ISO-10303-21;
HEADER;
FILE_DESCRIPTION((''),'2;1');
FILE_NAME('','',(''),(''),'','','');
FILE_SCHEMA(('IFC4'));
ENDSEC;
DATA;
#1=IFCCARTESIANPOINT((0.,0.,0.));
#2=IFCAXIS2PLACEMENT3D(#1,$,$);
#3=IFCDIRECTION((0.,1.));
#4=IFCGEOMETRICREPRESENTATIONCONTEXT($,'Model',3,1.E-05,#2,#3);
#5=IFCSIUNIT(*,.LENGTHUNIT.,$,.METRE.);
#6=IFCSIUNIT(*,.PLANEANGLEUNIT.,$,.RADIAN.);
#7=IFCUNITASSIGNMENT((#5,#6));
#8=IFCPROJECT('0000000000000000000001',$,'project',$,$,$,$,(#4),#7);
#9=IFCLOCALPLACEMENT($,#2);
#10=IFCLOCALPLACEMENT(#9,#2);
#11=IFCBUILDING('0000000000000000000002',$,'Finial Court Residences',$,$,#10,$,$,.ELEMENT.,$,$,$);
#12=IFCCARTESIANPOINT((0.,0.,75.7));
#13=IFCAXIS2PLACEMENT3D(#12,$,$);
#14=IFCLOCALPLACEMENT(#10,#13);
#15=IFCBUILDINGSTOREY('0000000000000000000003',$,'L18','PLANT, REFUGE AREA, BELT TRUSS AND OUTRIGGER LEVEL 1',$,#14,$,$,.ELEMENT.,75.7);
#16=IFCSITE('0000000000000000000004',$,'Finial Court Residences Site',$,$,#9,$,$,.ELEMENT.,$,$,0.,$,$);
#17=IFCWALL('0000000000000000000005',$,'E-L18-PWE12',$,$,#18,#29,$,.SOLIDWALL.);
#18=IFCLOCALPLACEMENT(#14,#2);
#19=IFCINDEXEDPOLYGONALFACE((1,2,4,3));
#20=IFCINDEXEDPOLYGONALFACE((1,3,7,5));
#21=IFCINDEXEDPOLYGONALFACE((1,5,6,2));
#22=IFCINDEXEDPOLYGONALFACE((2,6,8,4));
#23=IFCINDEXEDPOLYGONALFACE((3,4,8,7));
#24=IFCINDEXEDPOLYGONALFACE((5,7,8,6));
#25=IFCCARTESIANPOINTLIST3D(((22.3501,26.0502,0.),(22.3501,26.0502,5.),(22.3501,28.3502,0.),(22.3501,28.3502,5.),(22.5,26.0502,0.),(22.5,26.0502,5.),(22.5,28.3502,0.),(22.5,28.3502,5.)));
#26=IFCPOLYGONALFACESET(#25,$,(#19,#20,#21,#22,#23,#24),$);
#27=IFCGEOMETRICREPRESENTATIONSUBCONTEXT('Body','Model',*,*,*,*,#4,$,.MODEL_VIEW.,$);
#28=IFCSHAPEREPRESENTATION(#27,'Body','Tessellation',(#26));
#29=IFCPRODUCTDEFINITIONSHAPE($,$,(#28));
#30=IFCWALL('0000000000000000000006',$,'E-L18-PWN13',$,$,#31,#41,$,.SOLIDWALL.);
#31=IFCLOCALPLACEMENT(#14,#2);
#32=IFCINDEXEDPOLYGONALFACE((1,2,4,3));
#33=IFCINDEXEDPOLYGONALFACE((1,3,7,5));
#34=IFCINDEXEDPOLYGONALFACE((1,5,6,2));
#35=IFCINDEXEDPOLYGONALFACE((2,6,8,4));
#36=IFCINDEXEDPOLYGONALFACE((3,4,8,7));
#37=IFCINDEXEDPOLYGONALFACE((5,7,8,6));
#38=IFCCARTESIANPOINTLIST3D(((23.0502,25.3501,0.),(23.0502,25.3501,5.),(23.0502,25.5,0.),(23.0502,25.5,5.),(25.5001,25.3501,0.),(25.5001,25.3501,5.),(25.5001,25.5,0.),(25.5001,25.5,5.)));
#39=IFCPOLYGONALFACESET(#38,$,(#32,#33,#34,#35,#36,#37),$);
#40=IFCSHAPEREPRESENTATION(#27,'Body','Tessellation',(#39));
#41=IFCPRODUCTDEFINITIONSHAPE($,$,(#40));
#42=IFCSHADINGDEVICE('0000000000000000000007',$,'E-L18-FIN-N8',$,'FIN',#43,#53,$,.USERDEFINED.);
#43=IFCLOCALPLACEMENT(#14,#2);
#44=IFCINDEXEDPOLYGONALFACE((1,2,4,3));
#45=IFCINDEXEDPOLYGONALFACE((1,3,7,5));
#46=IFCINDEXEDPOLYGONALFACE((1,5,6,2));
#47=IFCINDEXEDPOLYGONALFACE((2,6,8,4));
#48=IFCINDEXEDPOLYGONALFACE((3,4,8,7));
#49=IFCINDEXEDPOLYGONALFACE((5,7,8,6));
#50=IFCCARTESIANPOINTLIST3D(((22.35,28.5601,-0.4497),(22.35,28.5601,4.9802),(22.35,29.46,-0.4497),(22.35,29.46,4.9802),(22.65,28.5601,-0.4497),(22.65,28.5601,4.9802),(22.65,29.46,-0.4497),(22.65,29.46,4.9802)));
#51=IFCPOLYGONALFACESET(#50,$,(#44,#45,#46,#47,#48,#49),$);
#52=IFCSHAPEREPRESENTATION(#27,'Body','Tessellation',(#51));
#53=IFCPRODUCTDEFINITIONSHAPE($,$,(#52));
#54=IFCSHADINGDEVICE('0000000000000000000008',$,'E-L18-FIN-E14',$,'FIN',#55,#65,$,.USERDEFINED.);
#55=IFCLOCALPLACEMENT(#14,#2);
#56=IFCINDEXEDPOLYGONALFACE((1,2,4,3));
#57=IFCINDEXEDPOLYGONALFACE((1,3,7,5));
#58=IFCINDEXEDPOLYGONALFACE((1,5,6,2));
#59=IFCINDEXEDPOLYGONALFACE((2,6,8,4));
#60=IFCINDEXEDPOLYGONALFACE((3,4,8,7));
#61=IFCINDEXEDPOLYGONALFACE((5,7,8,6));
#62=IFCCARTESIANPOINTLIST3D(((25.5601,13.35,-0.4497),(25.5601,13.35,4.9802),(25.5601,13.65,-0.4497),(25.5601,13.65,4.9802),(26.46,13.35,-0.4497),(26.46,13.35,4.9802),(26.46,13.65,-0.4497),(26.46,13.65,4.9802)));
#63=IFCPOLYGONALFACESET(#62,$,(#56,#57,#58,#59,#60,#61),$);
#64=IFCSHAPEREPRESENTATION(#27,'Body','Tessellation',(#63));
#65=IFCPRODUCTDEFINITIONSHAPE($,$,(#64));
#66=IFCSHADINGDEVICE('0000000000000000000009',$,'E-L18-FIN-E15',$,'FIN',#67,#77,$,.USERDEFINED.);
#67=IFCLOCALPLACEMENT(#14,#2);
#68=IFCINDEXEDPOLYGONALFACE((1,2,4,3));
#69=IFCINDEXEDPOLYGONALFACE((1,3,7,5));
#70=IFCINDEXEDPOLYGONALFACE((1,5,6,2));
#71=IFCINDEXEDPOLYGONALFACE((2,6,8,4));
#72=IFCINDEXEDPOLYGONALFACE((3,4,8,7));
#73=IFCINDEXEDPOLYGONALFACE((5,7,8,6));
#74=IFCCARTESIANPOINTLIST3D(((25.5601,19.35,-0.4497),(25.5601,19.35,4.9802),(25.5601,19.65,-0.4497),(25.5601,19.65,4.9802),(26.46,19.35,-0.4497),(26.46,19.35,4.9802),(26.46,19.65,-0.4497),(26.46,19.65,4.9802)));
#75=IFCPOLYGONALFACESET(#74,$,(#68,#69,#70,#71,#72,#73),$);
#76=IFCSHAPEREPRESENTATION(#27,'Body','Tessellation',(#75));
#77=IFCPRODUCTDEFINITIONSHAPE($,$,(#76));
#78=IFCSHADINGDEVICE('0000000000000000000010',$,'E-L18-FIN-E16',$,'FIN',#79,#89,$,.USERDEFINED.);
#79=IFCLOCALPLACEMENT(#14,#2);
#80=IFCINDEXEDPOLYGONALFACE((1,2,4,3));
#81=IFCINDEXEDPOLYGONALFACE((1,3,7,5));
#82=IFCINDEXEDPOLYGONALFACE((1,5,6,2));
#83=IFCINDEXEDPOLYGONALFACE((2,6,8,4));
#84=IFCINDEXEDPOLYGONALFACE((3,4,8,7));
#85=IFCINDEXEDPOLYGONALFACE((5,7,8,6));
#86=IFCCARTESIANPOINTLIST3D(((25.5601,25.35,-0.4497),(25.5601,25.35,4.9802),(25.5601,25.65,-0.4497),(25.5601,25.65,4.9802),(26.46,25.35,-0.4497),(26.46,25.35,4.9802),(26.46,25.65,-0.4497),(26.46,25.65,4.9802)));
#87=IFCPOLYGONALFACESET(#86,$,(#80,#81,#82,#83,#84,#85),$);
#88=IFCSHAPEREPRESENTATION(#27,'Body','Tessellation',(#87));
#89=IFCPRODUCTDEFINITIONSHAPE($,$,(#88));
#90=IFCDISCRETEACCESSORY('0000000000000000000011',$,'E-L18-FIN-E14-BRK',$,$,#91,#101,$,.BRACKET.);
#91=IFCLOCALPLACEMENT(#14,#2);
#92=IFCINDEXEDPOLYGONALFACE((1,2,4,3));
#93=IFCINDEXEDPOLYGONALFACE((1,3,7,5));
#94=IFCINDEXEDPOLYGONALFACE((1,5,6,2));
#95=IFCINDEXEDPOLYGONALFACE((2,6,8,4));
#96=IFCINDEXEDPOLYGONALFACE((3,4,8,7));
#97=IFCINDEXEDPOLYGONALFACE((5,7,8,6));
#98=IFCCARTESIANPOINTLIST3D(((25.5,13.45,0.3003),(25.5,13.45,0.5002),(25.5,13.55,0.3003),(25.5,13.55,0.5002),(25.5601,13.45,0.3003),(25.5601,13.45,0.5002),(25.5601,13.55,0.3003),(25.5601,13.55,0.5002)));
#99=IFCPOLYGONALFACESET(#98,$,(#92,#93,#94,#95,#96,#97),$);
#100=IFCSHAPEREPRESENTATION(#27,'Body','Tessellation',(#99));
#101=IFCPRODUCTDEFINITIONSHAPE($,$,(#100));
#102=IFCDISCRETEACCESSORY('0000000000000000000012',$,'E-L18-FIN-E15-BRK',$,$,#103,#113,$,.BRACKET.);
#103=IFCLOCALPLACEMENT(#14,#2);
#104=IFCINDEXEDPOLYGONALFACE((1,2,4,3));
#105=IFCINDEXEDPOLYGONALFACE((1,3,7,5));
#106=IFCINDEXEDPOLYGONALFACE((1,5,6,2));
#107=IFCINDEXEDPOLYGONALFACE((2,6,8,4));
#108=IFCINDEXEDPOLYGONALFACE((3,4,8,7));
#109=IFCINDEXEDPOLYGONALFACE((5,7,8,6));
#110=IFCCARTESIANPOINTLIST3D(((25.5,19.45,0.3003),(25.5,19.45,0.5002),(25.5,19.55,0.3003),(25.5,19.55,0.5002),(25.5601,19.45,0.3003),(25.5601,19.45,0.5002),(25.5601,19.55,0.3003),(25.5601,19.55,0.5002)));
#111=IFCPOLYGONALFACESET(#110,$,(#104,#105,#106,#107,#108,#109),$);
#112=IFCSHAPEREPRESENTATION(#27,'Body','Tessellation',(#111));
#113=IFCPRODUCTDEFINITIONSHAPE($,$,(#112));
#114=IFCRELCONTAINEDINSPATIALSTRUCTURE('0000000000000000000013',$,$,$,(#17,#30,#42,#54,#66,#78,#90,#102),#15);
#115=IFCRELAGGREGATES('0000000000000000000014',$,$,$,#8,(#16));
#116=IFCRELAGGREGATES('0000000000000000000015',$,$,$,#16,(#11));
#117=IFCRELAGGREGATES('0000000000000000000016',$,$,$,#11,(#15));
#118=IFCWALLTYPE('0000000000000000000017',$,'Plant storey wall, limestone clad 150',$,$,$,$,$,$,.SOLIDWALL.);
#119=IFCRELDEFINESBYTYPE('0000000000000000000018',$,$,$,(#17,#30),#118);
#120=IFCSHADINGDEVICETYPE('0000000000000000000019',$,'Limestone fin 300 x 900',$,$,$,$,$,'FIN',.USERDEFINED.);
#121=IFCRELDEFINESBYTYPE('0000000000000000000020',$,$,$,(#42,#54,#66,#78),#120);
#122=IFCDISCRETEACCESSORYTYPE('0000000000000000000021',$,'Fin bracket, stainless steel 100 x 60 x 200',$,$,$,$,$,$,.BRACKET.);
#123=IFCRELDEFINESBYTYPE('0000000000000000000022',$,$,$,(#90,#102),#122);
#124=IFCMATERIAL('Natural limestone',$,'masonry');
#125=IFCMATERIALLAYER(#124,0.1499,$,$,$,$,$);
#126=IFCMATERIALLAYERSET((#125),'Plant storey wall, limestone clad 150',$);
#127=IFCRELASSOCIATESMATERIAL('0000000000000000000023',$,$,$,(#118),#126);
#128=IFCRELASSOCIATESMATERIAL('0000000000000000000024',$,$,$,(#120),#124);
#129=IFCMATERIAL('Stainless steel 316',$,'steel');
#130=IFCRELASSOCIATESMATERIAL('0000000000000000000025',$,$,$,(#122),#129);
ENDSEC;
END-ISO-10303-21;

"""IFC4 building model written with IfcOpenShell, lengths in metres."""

from ifc_helpers import new_model, si_unit, direction, frame, frame_2d, origin, origin_2d, place, context, subcontext, project, spatial, rectangle, extrude, material, layer, layer_set, type_object, element, save


model = new_model("IFC4")

# Units and contexts
model_context = context("Model", 3, precision=1e-05, world=origin(), true_north=direction((0.0, 1.0)))
body_context = subcontext(model_context, "Body", "Model", "MODEL_VIEW")
ifc_project = project(units=[si_unit("LENGTHUNIT", "METRE"), si_unit("PLANEANGLEUNIT", "RADIAN")], contexts=[model_context])

# Site, building, storey
site_placement = place(None, origin())
site = spatial("IfcSite", under=ifc_project, at=site_placement, Name="Finial Court Residences Site", CompositionType="ELEMENT", RefElevation=0.0)
building_placement = place(site_placement, origin())
building = spatial("IfcBuilding", under=site, at=building_placement, Name="Finial Court Residences", CompositionType="ELEMENT")
storey_placement = place(building_placement, frame((0.0, 0.0, 75.7)))
storey = spatial("IfcBuildingStorey", under=building, at=storey_placement, Name="L18", Description="PLANT, REFUGE AREA, BELT TRUSS AND OUTRIGGER LEVEL 1", CompositionType="ELEMENT", Elevation=75.7)

# Shared definitions
ifc_material_1 = material(Name="Natural limestone", Category="masonry")
ifc_layer = layer(ifc_material_1, 0.1499)
ifc_layer_set = layer_set([ifc_layer], Name="Plant storey wall, limestone clad 150")
wall_type = type_object("IfcWallType", Name="Plant storey wall, limestone clad 150", PredefinedType="SOLIDWALL", material=ifc_layer_set)

# Walls
wall_1_placement = place(storey_placement, frame((22.425, 28.3501, 0.0), z_axis=(0.0, 0.0, 1.0), x_axis=(0.0, -1.0, 0.0)))
element("IfcWall", 1, at=wall_1_placement, inside=storey, type_object=wall_type, Name="E-L18-PWE12", PredefinedType="SOLIDWALL", context=body_context, shape_type="SweptSolid", body=[
    extrude(rectangle(XDim=2.3, YDim=0.1499, at=frame_2d((1.1499, 0.0))), origin(), (0.0, 0.0, 1.0), 5.0),
])
wall_2_placement = place(storey_placement, frame((23.05, 25.425, 0.0), z_axis=(0.0, 0.0, 1.0), x_axis=(1.0, 0.0, 0.0)))
element("IfcWall", 2, at=wall_2_placement, inside=storey, type_object=wall_type, Name="E-L18-PWN13", PredefinedType="SOLIDWALL", context=body_context, shape_type="SweptSolid", body=[
    extrude(rectangle(XDim=2.45, YDim=0.1499, at=frame_2d((1.2251, 0.0))), origin(), (0.0, 0.0, 1.0), 5.0),
])

# Shading devices
shading_device_type = type_object("IfcShadingDeviceType", Name="Limestone fin 300 x 900", ElementType="FIN", PredefinedType="USERDEFINED", material=ifc_material_1)
shading_device_placement = place(storey_placement, frame((22.5, 29.01, -0.4497), z_axis=(0.0, 0.0, 1.0), x_axis=(1.0, 0.0, 0.0)))
element("IfcShadingDevice", 3, at=shading_device_placement, inside=storey, type_object=shading_device_type, Name="E-L18-FIN-N8", ObjectType="FIN", PredefinedType="USERDEFINED", context=body_context, shape_type="SweptSolid", body=[
    extrude(rectangle(XDim=0.3, YDim=0.8999, at=origin_2d()), origin(), (0.0, 0.0, 1.0), 5.4299),
])
for number, where, z_axis, x_axis, name in (
    (4, (26.01, 13.5, -0.4497), (0.0, 0.0, 1.0), (1.0, 0.0, 0.0), "E-L18-FIN-E14"),
    (5, (26.01, 19.5, -0.4497), (0.0, 0.0, 1.0), (1.0, 0.0, 0.0), "E-L18-FIN-E15"),
    (6, (26.01, 25.5, -0.4497), (0.0, 0.0, 1.0), (1.0, 0.0, 0.0), "E-L18-FIN-E16"),
):
    element("IfcShadingDevice", number, at=place(storey_placement, frame(where, z_axis=z_axis, x_axis=x_axis)), inside=storey, type_object=shading_device_type, Name=name, ObjectType="FIN", PredefinedType="USERDEFINED", context=body_context, shape_type="SweptSolid", body=[
        extrude(rectangle(XDim=0.8999, YDim=0.3, at=origin_2d()), origin(), (0.0, 0.0, 1.0), 5.4299),
    ])

# Discrete accessories
ifc_material_2 = material(Name="Stainless steel 316", Category="steel")
discrete_accessory_type = type_object("IfcDiscreteAccessoryType", Name="Fin bracket, stainless steel 100 x 60 x 200", PredefinedType="BRACKET", material=ifc_material_2)
for number, where, z_axis, x_axis, name in (
    (7, (25.53, 13.5, 0.3003), (0.0, 0.0, 1.0), (1.0, 0.0, 0.0), "E-L18-FIN-E14-BRK"),
    (8, (25.53, 19.5, 0.3003), (0.0, 0.0, 1.0), (1.0, 0.0, 0.0), "E-L18-FIN-E15-BRK"),
):
    element("IfcDiscreteAccessory", number, at=place(storey_placement, frame(where, z_axis=z_axis, x_axis=x_axis)), inside=storey, type_object=discrete_accessory_type, Name=name, PredefinedType="BRACKET", context=body_context, shape_type="SweptSolid", body=[
        extrude(rectangle(XDim=0.0601, YDim=0.1001, at=origin_2d()), origin(), (0.0, 0.0, 1.0), 0.2),
    ])

save(model, "model.ifc")
